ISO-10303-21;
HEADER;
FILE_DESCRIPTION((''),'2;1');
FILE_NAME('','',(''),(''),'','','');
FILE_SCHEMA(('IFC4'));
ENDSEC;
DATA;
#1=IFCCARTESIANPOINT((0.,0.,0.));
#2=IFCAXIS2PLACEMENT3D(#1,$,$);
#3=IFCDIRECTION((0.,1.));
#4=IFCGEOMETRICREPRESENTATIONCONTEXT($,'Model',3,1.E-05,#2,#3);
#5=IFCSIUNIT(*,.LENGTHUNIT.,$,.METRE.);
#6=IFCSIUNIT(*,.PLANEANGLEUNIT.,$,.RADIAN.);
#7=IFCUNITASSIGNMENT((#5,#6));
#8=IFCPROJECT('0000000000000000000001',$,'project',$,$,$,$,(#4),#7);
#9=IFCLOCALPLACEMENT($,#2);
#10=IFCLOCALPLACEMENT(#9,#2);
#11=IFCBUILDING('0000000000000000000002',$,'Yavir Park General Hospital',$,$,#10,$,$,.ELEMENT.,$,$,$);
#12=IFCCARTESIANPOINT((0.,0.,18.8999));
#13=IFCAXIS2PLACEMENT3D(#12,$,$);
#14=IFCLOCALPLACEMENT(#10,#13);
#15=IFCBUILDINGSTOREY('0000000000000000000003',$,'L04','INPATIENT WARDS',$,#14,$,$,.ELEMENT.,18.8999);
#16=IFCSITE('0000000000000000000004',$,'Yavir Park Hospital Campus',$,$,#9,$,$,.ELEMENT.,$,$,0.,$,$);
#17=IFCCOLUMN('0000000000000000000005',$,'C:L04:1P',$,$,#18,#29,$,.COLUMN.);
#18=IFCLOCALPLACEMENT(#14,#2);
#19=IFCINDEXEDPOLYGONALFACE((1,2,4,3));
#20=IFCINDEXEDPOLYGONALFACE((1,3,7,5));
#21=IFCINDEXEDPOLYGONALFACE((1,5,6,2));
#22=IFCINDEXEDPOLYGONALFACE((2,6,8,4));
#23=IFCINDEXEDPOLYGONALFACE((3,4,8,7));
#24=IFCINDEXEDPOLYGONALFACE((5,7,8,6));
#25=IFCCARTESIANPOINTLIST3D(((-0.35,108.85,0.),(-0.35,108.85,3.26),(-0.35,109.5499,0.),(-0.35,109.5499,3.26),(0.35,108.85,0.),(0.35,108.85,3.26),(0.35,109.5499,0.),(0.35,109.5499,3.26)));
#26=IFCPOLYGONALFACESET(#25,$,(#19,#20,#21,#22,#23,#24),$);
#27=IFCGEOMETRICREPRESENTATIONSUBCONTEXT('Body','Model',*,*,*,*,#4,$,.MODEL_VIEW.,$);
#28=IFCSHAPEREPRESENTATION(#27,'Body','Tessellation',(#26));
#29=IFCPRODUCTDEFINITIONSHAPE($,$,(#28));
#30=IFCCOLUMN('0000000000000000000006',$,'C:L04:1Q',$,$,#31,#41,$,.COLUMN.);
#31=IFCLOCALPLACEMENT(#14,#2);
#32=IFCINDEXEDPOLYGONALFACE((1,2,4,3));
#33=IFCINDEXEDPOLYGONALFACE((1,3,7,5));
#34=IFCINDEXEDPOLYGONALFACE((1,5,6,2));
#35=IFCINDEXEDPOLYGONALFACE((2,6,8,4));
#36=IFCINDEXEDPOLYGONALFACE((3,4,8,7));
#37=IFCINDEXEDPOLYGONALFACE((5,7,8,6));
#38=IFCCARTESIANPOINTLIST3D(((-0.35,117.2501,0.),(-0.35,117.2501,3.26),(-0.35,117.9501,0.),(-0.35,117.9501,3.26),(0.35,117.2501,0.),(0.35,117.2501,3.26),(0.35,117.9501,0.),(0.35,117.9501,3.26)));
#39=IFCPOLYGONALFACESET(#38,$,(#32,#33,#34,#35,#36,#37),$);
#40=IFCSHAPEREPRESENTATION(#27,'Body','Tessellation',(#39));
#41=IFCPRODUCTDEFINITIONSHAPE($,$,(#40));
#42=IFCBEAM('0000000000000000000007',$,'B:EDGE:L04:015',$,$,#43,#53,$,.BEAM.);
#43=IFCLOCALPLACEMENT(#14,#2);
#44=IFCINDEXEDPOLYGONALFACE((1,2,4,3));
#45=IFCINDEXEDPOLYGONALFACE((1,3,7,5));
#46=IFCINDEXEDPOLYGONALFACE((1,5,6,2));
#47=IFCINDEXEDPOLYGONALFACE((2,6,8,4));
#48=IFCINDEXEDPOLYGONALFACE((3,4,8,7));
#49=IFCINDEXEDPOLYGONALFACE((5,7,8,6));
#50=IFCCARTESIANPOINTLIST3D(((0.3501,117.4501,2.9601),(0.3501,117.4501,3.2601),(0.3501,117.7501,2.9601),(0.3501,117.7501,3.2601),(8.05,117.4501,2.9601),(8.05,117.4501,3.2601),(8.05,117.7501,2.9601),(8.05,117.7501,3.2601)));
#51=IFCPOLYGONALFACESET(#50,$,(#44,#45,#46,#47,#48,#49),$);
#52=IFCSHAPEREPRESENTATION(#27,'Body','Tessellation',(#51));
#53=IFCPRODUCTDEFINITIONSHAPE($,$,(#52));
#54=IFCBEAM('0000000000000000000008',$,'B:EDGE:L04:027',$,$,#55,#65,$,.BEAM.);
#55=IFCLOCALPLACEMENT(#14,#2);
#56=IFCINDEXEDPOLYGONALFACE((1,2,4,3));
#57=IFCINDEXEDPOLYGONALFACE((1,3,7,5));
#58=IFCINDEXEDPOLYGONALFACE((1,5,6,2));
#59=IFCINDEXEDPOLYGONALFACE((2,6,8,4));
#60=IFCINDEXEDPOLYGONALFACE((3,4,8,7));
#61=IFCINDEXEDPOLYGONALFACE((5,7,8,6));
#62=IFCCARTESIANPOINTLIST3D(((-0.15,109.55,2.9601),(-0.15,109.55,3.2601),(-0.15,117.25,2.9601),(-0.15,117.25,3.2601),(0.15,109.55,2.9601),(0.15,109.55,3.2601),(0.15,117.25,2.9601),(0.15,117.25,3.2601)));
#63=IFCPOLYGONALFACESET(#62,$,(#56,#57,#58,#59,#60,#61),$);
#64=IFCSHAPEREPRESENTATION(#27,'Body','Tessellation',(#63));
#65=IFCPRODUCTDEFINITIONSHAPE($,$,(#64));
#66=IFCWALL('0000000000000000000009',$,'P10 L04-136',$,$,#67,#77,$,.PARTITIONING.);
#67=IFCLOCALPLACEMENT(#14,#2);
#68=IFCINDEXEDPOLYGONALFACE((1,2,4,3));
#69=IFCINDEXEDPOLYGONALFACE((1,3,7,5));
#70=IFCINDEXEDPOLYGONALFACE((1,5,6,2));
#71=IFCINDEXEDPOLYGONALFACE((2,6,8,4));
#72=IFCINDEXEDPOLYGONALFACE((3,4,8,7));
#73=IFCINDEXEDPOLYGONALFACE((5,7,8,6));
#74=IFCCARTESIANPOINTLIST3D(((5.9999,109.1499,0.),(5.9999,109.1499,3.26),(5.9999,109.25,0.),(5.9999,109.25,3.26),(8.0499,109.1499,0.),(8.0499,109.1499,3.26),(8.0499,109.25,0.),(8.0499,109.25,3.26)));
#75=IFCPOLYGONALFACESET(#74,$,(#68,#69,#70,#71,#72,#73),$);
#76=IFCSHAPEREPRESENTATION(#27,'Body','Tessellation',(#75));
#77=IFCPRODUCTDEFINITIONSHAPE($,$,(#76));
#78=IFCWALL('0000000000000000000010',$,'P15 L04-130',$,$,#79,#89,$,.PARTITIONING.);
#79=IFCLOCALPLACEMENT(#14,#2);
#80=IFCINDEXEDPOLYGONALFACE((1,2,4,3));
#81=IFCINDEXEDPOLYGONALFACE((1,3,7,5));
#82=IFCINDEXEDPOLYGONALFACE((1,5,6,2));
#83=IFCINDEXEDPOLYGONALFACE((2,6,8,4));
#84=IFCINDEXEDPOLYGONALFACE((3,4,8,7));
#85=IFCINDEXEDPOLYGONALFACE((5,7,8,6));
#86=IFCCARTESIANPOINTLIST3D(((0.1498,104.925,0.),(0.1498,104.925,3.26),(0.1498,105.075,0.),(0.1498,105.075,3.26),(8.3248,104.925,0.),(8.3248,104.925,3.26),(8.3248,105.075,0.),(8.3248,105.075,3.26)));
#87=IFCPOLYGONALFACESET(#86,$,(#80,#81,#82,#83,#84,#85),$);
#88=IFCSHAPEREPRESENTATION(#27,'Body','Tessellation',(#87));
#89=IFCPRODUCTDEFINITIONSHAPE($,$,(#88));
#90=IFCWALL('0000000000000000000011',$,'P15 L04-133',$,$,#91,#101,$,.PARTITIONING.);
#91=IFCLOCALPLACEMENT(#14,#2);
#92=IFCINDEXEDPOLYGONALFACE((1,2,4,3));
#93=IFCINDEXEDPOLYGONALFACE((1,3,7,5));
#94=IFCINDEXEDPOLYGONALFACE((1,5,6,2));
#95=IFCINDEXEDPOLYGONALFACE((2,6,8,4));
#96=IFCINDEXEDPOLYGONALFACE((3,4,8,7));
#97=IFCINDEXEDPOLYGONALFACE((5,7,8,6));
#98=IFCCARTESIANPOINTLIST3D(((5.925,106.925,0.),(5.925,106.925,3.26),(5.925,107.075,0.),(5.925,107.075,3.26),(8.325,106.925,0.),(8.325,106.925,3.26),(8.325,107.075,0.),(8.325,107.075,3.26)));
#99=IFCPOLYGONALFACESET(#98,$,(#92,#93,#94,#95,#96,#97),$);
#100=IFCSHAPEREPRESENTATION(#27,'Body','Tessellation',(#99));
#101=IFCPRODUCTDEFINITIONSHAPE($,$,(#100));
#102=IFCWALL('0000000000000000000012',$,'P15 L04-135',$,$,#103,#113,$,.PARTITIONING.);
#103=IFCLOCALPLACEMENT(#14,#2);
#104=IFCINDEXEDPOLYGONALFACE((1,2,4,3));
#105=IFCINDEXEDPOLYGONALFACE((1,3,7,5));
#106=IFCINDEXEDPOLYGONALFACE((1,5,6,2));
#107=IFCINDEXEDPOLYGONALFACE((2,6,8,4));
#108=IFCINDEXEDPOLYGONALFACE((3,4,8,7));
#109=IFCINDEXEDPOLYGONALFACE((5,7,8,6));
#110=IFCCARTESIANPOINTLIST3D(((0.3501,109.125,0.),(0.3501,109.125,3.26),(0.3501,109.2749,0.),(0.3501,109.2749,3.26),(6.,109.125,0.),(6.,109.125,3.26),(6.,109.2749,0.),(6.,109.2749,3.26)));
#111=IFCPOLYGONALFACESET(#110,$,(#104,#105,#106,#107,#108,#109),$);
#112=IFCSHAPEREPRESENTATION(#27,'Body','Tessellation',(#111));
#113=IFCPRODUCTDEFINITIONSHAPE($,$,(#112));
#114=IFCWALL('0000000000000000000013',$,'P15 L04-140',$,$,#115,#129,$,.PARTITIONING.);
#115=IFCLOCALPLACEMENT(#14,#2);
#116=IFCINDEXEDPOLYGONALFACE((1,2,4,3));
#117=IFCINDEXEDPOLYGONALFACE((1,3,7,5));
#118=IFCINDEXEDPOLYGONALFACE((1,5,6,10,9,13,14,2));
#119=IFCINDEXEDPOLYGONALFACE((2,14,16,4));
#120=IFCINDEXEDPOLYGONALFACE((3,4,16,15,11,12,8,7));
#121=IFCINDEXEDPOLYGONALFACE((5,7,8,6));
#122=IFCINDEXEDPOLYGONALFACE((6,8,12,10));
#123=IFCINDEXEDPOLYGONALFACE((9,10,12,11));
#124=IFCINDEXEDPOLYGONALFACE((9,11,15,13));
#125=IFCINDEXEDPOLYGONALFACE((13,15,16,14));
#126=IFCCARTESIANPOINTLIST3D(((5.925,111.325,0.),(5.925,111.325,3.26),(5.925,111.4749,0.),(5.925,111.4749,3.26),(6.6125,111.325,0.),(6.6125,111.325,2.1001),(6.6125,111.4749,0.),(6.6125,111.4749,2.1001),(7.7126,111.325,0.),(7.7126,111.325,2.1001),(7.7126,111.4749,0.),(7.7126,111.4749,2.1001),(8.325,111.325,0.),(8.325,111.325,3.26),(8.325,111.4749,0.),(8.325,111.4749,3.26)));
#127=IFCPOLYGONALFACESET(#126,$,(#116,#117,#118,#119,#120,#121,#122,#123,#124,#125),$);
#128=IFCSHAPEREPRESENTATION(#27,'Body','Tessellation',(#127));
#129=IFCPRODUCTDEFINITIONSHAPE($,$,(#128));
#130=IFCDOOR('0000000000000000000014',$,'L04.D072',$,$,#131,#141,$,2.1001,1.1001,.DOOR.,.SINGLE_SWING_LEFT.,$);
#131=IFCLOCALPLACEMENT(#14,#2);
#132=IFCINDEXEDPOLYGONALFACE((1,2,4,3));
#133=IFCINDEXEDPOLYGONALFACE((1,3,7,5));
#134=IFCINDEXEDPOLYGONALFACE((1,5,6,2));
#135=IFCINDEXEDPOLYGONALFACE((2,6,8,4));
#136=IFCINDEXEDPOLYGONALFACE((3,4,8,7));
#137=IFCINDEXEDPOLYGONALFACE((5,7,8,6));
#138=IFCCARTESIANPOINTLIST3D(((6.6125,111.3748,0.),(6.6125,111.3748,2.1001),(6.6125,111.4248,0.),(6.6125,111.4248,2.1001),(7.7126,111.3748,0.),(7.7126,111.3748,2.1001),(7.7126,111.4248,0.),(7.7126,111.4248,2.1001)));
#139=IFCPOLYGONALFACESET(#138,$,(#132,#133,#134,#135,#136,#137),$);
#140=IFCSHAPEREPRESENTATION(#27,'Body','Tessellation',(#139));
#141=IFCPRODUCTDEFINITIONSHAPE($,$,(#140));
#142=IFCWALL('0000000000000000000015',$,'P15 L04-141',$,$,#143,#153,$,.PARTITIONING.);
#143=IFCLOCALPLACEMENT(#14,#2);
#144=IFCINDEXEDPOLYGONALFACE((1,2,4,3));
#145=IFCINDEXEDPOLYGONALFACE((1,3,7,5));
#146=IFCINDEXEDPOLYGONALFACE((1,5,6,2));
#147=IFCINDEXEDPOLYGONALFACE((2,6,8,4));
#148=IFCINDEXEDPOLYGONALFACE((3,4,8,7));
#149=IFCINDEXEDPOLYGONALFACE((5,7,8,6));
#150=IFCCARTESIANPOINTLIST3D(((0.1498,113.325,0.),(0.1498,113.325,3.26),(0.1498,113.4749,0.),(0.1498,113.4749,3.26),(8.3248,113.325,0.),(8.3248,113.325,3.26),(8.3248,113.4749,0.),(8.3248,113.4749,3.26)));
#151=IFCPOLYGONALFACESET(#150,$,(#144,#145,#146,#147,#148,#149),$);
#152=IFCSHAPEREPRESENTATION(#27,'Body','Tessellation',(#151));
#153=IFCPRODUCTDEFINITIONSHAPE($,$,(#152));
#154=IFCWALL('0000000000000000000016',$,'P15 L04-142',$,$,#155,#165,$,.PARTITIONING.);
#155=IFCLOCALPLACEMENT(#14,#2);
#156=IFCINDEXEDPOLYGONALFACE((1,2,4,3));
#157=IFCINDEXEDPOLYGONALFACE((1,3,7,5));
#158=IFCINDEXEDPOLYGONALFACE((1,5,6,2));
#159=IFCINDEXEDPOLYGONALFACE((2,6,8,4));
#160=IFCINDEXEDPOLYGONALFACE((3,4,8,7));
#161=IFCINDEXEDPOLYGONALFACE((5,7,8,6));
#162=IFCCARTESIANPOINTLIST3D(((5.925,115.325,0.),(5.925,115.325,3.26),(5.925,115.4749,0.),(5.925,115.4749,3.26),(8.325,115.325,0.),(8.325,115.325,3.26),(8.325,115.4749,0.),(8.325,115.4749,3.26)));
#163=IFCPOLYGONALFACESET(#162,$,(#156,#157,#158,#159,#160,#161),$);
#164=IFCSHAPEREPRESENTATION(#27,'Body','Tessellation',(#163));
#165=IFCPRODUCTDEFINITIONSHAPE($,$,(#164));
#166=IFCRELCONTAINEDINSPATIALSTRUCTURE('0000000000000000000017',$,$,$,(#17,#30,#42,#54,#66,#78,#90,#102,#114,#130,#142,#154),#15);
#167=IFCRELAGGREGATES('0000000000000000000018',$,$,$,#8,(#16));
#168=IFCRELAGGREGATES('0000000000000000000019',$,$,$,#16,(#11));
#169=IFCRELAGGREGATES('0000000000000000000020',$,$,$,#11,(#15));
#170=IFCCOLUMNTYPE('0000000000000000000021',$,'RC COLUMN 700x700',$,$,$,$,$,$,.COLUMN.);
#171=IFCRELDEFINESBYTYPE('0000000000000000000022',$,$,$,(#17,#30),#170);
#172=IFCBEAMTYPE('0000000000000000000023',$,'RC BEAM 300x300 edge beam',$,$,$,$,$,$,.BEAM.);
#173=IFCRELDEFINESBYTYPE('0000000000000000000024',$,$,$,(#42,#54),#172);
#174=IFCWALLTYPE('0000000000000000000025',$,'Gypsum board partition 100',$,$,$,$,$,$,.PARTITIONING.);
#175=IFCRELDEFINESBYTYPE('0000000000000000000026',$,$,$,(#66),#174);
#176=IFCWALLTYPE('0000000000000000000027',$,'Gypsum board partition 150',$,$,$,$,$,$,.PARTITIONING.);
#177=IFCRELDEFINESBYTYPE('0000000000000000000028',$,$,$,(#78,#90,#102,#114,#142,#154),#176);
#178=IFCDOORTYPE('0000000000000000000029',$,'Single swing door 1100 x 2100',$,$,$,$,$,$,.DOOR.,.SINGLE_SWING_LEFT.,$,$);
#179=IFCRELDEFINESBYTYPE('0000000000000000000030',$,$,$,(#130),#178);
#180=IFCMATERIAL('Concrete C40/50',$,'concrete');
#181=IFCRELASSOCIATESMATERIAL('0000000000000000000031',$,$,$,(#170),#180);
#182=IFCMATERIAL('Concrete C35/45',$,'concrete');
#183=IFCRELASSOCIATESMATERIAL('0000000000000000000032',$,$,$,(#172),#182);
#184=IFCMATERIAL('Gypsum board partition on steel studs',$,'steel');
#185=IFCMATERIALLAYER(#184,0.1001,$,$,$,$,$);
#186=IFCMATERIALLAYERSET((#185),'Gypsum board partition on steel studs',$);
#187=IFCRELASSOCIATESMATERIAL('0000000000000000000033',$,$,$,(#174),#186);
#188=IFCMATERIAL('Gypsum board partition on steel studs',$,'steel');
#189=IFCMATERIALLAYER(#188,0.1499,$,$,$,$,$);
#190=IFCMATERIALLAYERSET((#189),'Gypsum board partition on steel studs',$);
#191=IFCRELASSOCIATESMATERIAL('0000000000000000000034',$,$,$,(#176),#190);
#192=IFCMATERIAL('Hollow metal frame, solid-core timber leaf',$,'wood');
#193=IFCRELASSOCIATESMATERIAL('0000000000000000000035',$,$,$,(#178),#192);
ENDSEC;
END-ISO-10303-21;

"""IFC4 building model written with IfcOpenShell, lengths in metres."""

from ifc_helpers import new_model, si_unit, direction, frame, frame_2d, origin, origin_2d, place, context, subcontext, project, spatial, rectangle, extrude, material, layer, layer_set, material_profile, profile_set, type_object, element, fill, save


model = new_model("IFC4")

# Units and contexts
model_context = context("Model", 3, precision=1e-05, world=origin(), true_north=direction((0.0, 1.0)))
body_context = subcontext(model_context, "Body", "Model", "MODEL_VIEW")
ifc_project = project(units=[si_unit("LENGTHUNIT", "METRE"), si_unit("PLANEANGLEUNIT", "RADIAN")], contexts=[model_context])

# Site, building, storey
site_placement = place(None, origin())
site = spatial("IfcSite", under=ifc_project, at=site_placement, Name="Yavir Park Hospital Campus", CompositionType="ELEMENT", RefElevation=0.0)
building_placement = place(site_placement, origin())
building = spatial("IfcBuilding", under=site, at=building_placement, Name="Yavir Park General Hospital", CompositionType="ELEMENT")
storey_placement = place(building_placement, frame((0.0, 0.0, 18.8999)))
storey = spatial("IfcBuildingStorey", under=building, at=storey_placement, Name="L04", Description="INPATIENT WARDS", CompositionType="ELEMENT", Elevation=18.8999)

# Columns
ifc_material_1 = material(Name="Concrete C40/50", Category="concrete")
ifc_material_profile_1 = material_profile(ifc_material_1, rectangle(XDim=0.7, YDim=0.7, at=origin_2d()), Name="RC700x700")
ifc_profile_set_1 = profile_set([ifc_material_profile_1], Name="Concrete C40/50")
column_type = type_object("IfcColumnType", Name="RC COLUMN 700x700", PredefinedType="COLUMN", material=ifc_profile_set_1)
for number, where, z_axis, x_axis, name in (
    (1, (0.0, 109.2, 0.0), (0.0, 0.0, 1.0), (1.0, 0.0, 0.0), "C:L04:1P"),
    (2, (0.0, 117.6001, 0.0), (0.0, 0.0, 1.0), (1.0, 0.0, 0.0), "C:L04:1Q"),
):
    element("IfcColumn", number, at=place(storey_placement, frame(where, z_axis=z_axis, x_axis=x_axis)), inside=storey, type_object=column_type, Name=name, PredefinedType="COLUMN", context=body_context, shape_type="SweptSolid", body=[
        extrude(rectangle(XDim=0.7, YDim=0.7, at=origin_2d()), origin(), (0.0, 0.0, 1.0), 3.26),
    ])

# Beams
ifc_material_2 = material(Name="Concrete C35/45", Category="concrete")
ifc_material_profile_2 = material_profile(ifc_material_2, rectangle(XDim=0.3, YDim=0.3, at=origin_2d()), Name="RC300x300")
ifc_profile_set_2 = profile_set([ifc_material_profile_2], Name="Concrete C35/45")
beam_type = type_object("IfcBeamType", Name="RC BEAM 300x300 edge beam", PredefinedType="BEAM", material=ifc_profile_set_2)
for number, where, z_axis, x_axis, name in (
    (3, (0.3501, 117.6001, 3.1101), (1.0, 0.0, 0.0), (0.0, 1.0, 0.0), "B:EDGE:L04:015"),
    (4, (0.0, 109.55, 3.1101), (0.0, 1.0, 0.0), (-1.0, 0.0, 0.0), "B:EDGE:L04:027"),
):
    element("IfcBeam", number, at=place(storey_placement, frame(where, z_axis=z_axis, x_axis=x_axis)), inside=storey, type_object=beam_type, Name=name, PredefinedType="BEAM", context=body_context, shape_type="SweptSolid", body=[
        extrude(rectangle(XDim=0.3, YDim=0.3, at=origin_2d()), origin(), (0.0, 0.0, 1.0), 7.7),
    ])

# Walls
ifc_material_3 = material(Name="Gypsum board partition on steel studs", Category="steel")
ifc_layer_1 = layer(ifc_material_3, 0.1001)
ifc_layer_set_1 = layer_set([ifc_layer_1], Name="Gypsum board partition on steel studs")
wall_type_1 = type_object("IfcWallType", Name="Gypsum board partition 100", PredefinedType="PARTITIONING", material=ifc_layer_set_1)
wall_1_placement = place(storey_placement, frame((6.0, 109.2, 0.0), z_axis=(0.0, 0.0, 1.0), x_axis=(1.0, 0.0, 0.0)))
element("IfcWall", 5, at=wall_1_placement, inside=storey, type_object=wall_type_1, Name="P10 L04-136", PredefinedType="PARTITIONING", context=body_context, shape_type="SweptSolid", body=[
    extrude(rectangle(XDim=2.05, YDim=0.1001, at=frame_2d((1.0249, 0.0))), origin(), (0.0, 0.0, 1.0), 3.26),
])
ifc_material_4 = material(Name="Gypsum board partition on steel studs", Category="steel")
ifc_layer_2 = layer(ifc_material_4, 0.1499)
ifc_layer_set_2 = layer_set([ifc_layer_2], Name="Gypsum board partition on steel studs")
wall_type_2 = type_object("IfcWallType", Name="Gypsum board partition 150", PredefinedType="PARTITIONING", material=ifc_layer_set_2)
wall_2_placement = place(storey_placement, frame((0.1499, 105.0, 0.0), z_axis=(0.0, 0.0, 1.0), x_axis=(1.0, 0.0, 0.0)))
element("IfcWall", 6, at=wall_2_placement, inside=storey, type_object=wall_type_2, Name="P15 L04-130", PredefinedType="PARTITIONING", context=body_context, shape_type="SweptSolid", body=[
    extrude(rectangle(XDim=8.175, YDim=0.1499, at=frame_2d((4.0874, 0.0))), origin(), (0.0, 0.0, 1.0), 3.26),
])
wall_3_placement = place(storey_placement, frame((5.925, 107.0, 0.0), z_axis=(0.0, 0.0, 1.0), x_axis=(1.0, 0.0, 0.0)))
element("IfcWall", 7, at=wall_3_placement, inside=storey, type_object=wall_type_2, Name="P15 L04-133", PredefinedType="PARTITIONING", context=body_context, shape_type="SweptSolid", body=[
    extrude(rectangle(XDim=2.3999, YDim=0.1499, at=frame_2d((1.2, 0.0))), origin(), (0.0, 0.0, 1.0), 3.26),
])
wall_4_placement = place(storey_placement, frame((0.3501, 109.2, 0.0), z_axis=(0.0, 0.0, 1.0), x_axis=(1.0, 0.0, 0.0)))
element("IfcWall", 8, at=wall_4_placement, inside=storey, type_object=wall_type_2, Name="P15 L04-135", PredefinedType="PARTITIONING", context=body_context, shape_type="SweptSolid", body=[
    extrude(rectangle(XDim=5.6499, YDim=0.1499, at=frame_2d((2.825, 0.0))), origin(), (0.0, 0.0, 1.0), 3.26),
])

# Wall, opening, door
wall_5_placement = place(storey_placement, frame((5.925, 111.3999, 0.0), z_axis=(0.0, 0.0, 1.0), x_axis=(1.0, 0.0, 0.0)))
wall_5 = element("IfcWall", 9, at=wall_5_placement, inside=storey, type_object=wall_type_2, Name="P15 L04-140", PredefinedType="PARTITIONING", context=body_context, shape_type="SweptSolid", body=[
    extrude(rectangle(XDim=2.3999, YDim=0.1499, at=frame_2d((1.2, 0.0))), origin(), (0.0, 0.0, 1.0), 3.26),
])
opening_1_placement = place(wall_5_placement, frame((0.6875, 0.0, 0.0)))
opening_1 = element("IfcOpeningElement", 10, at=opening_1_placement, cuts=wall_5, PredefinedType="OPENING", context=body_context, shape_type="SweptSolid", body=[
    extrude(rectangle(XDim=1.1001, YDim=2.1001, at=frame_2d((0.55, 1.05))), frame((0.0, 0.085, 0.0), z_axis=(0.0, -1.0, 0.0), x_axis=(1.0, 0.0, 0.0)), (0.0, 0.0, 1.0), 0.1699),
])
ifc_material_5 = material(Name="Hollow metal frame, solid-core timber leaf", Category="wood")
door_type = type_object("IfcDoorType", Name="Single swing door 1100 x 2100", OperationType="SINGLE_SWING_LEFT", PredefinedType="DOOR", material=ifc_material_5)
door_1_placement = place(opening_1_placement, origin())
door_1 = element("IfcDoor", 11, at=door_1_placement, inside=storey, type_object=door_type, Name="L04.D072", OperationType="SINGLE_SWING_LEFT", OverallHeight=2.1001, OverallWidth=1.1001, PredefinedType="DOOR", context=body_context, shape_type="SweptSolid", body=[
    extrude(rectangle(XDim=1.1001, YDim=2.1001, at=frame_2d((0.55, 1.05))), frame((0.0, 0.0249, 0.0), z_axis=(0.0, -1.0, 0.0), x_axis=(1.0, 0.0, 0.0)), (0.0, 0.0, 1.0), 0.05),
])
fill(opening_1, door_1)

# Walls
wall_6_placement = place(storey_placement, frame((0.1499, 113.3999, 0.0), z_axis=(0.0, 0.0, 1.0), x_axis=(1.0, 0.0, 0.0)))
element("IfcWall", 12, at=wall_6_placement, inside=storey, type_object=wall_type_2, Name="P15 L04-141", PredefinedType="PARTITIONING", context=body_context, shape_type="SweptSolid", body=[
    extrude(rectangle(XDim=8.175, YDim=0.1499, at=frame_2d((4.0874, 0.0))), origin(), (0.0, 0.0, 1.0), 3.26),
])
wall_7_placement = place(storey_placement, frame((5.925, 115.3999, 0.0), z_axis=(0.0, 0.0, 1.0), x_axis=(1.0, 0.0, 0.0)))
element("IfcWall", 13, at=wall_7_placement, inside=storey, type_object=wall_type_2, Name="P15 L04-142", PredefinedType="PARTITIONING", context=body_context, shape_type="SweptSolid", body=[
    extrude(rectangle(XDim=2.3999, YDim=0.1499, at=frame_2d((1.2, 0.0))), origin(), (0.0, 0.0, 1.0), 3.26),
])

save(model, "model.ifc")
